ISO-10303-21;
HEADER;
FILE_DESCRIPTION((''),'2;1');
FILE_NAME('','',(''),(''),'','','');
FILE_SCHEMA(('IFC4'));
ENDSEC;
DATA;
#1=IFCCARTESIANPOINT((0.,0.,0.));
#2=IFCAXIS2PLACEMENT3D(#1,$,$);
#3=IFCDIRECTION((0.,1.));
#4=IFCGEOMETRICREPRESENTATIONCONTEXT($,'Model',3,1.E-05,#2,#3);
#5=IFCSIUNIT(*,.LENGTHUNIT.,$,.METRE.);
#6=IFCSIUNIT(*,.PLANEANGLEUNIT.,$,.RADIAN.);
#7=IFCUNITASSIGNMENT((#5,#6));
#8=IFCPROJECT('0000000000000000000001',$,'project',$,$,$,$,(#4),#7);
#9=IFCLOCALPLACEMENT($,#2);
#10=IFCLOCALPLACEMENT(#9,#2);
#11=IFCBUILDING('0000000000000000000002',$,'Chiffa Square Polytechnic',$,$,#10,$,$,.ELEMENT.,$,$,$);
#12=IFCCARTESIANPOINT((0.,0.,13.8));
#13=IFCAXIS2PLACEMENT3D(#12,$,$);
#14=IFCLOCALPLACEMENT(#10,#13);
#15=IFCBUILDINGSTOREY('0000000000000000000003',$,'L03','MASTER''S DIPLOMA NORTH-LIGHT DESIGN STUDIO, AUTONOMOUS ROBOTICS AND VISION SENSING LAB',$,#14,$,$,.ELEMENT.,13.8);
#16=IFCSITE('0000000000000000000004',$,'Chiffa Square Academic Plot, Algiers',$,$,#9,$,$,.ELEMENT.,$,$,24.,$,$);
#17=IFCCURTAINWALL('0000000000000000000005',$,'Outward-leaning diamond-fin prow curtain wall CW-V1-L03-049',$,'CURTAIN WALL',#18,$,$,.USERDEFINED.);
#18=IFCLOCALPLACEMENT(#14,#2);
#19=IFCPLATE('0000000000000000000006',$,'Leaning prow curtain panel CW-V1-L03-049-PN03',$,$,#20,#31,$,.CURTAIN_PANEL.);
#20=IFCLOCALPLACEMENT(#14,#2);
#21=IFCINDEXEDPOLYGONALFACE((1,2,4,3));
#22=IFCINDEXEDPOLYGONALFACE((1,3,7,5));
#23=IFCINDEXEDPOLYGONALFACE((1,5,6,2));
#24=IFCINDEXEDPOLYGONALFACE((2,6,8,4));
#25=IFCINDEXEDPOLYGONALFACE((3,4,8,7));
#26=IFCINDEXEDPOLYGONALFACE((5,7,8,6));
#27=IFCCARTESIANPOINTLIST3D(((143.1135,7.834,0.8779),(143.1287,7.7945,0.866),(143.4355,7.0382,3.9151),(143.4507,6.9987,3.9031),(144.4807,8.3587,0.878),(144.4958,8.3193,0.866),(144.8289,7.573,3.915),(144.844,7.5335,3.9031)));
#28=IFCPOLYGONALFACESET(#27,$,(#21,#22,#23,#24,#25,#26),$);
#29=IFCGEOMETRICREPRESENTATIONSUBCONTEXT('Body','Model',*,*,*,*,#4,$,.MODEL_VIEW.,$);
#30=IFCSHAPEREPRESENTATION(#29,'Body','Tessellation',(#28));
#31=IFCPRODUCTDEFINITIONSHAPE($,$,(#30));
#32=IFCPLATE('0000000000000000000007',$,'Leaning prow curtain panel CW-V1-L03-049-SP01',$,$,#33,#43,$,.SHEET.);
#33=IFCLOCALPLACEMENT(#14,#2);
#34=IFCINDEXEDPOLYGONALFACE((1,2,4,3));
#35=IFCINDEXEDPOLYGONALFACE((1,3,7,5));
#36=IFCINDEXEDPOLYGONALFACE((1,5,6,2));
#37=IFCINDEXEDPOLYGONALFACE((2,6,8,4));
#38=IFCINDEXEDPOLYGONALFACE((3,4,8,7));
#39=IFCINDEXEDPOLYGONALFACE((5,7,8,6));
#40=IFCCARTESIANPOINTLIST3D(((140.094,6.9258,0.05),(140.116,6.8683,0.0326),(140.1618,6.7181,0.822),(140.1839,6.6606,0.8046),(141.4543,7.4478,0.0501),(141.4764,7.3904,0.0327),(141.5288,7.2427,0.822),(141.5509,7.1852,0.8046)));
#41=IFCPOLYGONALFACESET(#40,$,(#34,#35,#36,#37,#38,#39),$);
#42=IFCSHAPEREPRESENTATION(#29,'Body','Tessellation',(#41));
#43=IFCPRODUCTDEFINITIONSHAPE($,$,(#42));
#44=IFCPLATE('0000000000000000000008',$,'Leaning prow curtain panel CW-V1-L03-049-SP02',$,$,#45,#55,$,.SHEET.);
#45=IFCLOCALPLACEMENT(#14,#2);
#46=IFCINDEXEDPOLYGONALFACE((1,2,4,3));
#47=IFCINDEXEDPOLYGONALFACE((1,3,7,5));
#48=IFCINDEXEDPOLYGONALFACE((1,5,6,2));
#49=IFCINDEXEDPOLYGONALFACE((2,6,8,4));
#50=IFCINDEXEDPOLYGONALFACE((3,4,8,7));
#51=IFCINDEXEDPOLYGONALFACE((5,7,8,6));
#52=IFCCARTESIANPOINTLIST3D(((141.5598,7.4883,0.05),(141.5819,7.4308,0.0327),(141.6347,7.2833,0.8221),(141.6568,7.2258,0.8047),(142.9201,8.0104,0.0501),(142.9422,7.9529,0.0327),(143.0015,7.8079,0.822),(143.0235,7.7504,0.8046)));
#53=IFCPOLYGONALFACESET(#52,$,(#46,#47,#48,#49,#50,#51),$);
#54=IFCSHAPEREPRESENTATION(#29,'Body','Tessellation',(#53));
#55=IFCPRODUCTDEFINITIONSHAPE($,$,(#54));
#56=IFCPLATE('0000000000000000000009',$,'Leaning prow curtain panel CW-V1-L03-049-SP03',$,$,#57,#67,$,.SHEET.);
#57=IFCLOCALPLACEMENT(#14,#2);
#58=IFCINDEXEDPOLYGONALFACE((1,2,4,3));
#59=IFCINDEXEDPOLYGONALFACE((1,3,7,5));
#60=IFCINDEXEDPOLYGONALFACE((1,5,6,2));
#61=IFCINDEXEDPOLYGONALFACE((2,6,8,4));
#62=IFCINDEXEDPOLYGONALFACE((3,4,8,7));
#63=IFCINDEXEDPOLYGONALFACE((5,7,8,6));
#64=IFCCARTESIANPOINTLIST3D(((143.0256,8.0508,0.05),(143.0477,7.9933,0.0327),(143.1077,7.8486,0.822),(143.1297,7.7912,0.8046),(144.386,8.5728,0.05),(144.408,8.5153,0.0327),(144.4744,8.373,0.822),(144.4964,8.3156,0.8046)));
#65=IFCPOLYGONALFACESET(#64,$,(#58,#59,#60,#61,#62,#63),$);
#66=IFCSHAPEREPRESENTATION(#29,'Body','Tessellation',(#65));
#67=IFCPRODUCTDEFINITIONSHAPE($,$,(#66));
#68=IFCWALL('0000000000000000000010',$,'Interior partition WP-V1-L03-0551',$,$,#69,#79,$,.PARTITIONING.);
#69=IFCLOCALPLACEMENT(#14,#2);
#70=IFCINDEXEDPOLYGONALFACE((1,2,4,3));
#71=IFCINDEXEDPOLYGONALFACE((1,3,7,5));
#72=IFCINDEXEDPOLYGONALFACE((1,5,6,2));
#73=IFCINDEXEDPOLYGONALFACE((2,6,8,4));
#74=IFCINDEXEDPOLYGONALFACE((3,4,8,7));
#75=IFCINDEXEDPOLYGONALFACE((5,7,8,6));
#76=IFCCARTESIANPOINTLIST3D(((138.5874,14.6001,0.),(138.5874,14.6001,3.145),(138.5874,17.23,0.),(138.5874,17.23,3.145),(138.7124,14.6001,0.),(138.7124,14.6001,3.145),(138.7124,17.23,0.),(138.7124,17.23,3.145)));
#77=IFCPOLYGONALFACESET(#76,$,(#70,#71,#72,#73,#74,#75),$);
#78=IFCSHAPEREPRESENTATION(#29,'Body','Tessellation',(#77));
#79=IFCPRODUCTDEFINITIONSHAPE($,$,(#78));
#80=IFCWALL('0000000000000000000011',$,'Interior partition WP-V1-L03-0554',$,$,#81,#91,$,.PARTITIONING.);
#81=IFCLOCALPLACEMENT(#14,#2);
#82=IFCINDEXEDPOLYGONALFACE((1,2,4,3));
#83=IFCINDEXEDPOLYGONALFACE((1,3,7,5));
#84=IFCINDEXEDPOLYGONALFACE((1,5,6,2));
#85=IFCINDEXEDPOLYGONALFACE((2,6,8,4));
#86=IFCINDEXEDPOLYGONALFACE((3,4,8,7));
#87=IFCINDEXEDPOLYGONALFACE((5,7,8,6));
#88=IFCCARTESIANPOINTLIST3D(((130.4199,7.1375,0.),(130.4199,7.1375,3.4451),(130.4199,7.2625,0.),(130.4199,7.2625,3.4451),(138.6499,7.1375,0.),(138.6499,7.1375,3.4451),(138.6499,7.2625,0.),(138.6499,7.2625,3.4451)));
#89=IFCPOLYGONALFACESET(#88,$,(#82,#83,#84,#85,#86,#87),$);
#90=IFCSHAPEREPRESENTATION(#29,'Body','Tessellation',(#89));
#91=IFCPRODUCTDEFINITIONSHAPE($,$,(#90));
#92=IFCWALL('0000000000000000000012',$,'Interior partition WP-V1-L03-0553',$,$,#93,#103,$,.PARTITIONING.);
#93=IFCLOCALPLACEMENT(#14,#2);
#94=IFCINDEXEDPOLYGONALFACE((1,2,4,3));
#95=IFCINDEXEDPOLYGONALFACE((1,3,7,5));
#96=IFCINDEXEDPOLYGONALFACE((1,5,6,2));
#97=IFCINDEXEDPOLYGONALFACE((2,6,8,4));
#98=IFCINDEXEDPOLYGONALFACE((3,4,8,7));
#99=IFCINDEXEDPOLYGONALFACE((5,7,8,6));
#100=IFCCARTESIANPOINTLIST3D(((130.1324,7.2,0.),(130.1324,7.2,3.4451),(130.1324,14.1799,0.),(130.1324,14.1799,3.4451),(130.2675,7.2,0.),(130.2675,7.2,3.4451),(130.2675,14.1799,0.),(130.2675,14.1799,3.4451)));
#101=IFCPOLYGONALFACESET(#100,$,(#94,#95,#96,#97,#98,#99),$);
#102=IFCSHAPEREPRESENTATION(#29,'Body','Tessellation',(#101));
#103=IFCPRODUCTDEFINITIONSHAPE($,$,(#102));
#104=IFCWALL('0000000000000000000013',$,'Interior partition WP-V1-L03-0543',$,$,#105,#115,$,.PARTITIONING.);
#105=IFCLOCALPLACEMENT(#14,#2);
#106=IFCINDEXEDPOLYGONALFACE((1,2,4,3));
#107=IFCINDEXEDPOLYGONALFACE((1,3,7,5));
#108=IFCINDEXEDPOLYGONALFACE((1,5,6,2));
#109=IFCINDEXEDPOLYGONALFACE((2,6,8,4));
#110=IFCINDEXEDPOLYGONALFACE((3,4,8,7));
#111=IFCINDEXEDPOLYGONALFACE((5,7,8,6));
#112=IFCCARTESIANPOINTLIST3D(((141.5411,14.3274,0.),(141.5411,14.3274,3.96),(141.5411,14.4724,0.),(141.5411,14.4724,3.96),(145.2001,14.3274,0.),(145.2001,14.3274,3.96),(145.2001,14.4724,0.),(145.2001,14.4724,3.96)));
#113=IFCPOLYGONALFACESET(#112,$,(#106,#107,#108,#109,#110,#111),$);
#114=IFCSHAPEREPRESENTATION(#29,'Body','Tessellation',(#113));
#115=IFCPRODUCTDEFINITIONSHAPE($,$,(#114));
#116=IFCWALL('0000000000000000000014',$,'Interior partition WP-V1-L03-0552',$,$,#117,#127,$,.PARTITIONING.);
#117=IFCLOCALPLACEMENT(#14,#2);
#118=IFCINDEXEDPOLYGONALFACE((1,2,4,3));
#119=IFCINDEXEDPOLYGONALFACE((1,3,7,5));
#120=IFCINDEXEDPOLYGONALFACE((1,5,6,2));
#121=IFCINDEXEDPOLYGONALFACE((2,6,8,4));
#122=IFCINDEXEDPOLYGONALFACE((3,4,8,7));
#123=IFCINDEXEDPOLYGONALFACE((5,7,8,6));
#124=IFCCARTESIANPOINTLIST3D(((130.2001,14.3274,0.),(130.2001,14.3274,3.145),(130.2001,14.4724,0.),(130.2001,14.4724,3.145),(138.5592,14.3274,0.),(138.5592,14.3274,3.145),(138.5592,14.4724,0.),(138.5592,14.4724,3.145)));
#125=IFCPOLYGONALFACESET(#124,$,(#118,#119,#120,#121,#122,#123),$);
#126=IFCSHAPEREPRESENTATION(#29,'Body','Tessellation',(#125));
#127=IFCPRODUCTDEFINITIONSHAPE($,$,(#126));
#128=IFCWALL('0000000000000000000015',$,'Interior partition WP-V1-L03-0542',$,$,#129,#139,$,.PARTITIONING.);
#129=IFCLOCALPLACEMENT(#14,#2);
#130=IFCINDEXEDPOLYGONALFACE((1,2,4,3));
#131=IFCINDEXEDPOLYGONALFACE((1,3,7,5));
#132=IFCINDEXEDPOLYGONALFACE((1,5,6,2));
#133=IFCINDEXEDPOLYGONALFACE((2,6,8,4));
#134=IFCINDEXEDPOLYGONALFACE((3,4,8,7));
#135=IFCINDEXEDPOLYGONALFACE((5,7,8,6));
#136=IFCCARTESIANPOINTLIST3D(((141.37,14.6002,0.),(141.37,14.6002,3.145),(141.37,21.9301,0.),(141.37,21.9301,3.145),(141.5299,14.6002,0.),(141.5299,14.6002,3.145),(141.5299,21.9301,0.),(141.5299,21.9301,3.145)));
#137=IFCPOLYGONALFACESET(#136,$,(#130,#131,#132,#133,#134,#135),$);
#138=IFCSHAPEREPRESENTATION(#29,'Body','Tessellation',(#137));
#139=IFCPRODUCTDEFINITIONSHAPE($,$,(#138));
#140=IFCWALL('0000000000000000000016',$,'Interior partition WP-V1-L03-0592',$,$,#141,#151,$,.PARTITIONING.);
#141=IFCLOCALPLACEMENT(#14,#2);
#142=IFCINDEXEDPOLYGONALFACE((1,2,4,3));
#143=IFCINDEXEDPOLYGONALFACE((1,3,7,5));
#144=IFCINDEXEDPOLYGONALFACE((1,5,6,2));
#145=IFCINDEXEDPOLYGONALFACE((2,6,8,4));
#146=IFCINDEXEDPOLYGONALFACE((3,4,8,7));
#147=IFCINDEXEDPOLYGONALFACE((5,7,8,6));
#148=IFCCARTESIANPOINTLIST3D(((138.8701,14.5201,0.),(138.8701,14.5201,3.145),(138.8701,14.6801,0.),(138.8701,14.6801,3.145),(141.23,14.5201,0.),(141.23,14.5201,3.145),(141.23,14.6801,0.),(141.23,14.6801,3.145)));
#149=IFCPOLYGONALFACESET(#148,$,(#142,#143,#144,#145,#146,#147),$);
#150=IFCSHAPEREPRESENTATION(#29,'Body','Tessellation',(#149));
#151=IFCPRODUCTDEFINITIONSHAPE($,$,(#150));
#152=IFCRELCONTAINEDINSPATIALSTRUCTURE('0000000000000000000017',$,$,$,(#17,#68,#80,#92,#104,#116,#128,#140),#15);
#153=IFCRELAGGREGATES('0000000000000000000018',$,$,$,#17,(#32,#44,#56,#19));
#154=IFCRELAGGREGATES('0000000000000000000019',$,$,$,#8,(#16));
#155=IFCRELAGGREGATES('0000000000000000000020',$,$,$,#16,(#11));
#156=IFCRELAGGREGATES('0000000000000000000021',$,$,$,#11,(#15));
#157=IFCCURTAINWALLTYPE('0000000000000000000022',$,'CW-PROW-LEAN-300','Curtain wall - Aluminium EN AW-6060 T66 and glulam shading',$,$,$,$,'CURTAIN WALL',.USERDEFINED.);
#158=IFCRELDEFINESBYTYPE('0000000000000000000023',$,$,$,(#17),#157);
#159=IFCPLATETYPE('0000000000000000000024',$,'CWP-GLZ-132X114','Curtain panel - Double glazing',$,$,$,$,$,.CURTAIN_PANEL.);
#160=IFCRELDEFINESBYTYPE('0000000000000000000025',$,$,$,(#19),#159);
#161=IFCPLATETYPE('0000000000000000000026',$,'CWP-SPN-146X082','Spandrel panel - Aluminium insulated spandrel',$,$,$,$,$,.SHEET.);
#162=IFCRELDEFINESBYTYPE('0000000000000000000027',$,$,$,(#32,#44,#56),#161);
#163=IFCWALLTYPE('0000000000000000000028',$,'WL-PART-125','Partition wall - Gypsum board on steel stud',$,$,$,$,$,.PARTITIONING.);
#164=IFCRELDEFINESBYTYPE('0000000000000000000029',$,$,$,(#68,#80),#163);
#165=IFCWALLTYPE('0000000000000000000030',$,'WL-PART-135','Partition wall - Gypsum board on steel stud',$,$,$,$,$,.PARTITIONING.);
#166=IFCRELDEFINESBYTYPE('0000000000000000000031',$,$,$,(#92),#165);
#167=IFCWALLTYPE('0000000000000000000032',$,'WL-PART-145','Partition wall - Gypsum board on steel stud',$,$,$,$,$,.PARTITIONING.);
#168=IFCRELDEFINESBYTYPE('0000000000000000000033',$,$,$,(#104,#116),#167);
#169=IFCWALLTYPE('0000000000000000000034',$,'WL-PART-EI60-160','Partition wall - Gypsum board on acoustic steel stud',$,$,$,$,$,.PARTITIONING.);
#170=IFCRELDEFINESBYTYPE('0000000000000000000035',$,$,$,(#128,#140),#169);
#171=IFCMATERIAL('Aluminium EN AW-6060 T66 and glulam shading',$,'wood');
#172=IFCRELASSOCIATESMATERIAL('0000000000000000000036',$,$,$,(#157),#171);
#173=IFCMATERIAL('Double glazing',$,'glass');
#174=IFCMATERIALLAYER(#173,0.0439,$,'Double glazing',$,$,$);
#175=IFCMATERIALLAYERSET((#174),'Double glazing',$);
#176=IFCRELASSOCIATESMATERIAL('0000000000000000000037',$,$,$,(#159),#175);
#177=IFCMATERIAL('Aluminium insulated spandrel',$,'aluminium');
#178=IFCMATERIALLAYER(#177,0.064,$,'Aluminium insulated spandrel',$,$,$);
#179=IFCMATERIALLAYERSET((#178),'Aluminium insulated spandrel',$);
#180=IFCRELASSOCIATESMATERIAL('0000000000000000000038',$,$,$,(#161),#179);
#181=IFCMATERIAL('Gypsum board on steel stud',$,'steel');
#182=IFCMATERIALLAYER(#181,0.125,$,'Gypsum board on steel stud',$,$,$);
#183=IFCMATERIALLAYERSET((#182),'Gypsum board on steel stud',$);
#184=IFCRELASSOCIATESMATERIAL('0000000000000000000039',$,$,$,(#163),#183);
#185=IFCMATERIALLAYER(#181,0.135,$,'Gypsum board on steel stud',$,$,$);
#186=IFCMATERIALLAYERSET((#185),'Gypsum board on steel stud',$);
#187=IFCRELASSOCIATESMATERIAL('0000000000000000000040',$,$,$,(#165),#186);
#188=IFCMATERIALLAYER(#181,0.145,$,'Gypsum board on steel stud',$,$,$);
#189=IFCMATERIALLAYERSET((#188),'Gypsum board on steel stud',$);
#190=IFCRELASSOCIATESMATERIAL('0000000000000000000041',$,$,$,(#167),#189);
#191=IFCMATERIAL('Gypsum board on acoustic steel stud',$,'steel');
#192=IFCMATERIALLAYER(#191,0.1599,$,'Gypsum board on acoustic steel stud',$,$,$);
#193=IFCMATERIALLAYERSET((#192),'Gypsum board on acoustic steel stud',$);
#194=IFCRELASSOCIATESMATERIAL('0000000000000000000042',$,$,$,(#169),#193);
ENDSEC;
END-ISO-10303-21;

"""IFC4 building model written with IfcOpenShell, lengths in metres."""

from ifc_helpers import new_model, si_unit, direction, frame, frame_2d, origin, place, context, subcontext, project, spatial, polyline, rectangle, outline, extrude, material, layer, layer_set, type_object, element, aggregate, save


model = new_model("IFC4")

# Units and contexts
model_context = context("Model", 3, precision=1e-05, world=origin(), true_north=direction((0.0, 1.0)))
body_context = subcontext(model_context, "Body", "Model", "MODEL_VIEW")
ifc_project = project(units=[si_unit("LENGTHUNIT", "METRE"), si_unit("PLANEANGLEUNIT", "RADIAN")], contexts=[model_context])

# Site, building, storey
site_placement = place(None, origin())
site = spatial("IfcSite", under=ifc_project, at=site_placement, Name="Chiffa Square Academic Plot, Algiers", CompositionType="ELEMENT", RefElevation=24.0)
building_placement = place(site_placement, origin())
building = spatial("IfcBuilding", under=site, at=building_placement, Name="Chiffa Square Polytechnic", CompositionType="ELEMENT")
storey_placement = place(building_placement, frame((0.0, 0.0, 13.8)))
storey = spatial("IfcBuildingStorey", under=building, at=storey_placement, Name="L03", Description="MASTER'S DIPLOMA NORTH-LIGHT DESIGN STUDIO, AUTONOMOUS ROBOTICS AND VISION SENSING LAB", CompositionType="ELEMENT", Elevation=13.8)

# Curtain wall
ifc_material_1 = material(Name="Aluminium EN AW-6060 T66 and glulam shading", Category="wood")
curtain_wall_type = type_object("IfcCurtainWallType", Name="CW-PROW-LEAN-300", Description="Curtain wall - Aluminium EN AW-6060 T66 and glulam shading", ElementType="CURTAIN WALL", PredefinedType="USERDEFINED", material=ifc_material_1)
curtain_wall_placement = place(storey_placement, origin())
curtain_wall = element("IfcCurtainWall", 1, at=curtain_wall_placement, inside=storey, type_object=curtain_wall_type, Name="Outward-leaning diamond-fin prow curtain wall CW-V1-L03-049", ObjectType="CURTAIN WALL", PredefinedType="USERDEFINED")

# Plates
ifc_material_2 = material(Name="Double glazing", Category="glass")
ifc_layer_1 = layer(ifc_material_2, 0.0439, Name="Double glazing")
ifc_layer_set_1 = layer_set([ifc_layer_1], Name="Double glazing")
plate_type_1 = type_object("IfcPlateType", Name="CWP-GLZ-132X114", Description="Curtain panel - Double glazing", PredefinedType="CURTAIN_PANEL", material=ifc_layer_set_1)
plate_1_placement = place(storey_placement, frame((143.1135, 7.834, 0.8779), z_axis=(-0.344836, 0.898401, 0.271962), x_axis=(0.933592, 0.358338, 0.000019)))
plate_1 = element("IfcPlate", 2, at=plate_1_placement, type_object=plate_type_1, Name="Leaning prow curtain panel CW-V1-L03-049-PN03", PredefinedType="CURTAIN_PANEL", context=body_context, shape_type="SweptSolid", body=[
    extrude(outline(polyline([(0.0, 0.0), (1.4644, 0.0), (1.508, -3.156), (0.0155, -3.1561), (0.0, 0.0)])), origin(), (0.0, 0.0, -1.0), 0.0439),
])
ifc_material_3 = material(Name="Aluminium insulated spandrel", Category="aluminium")
ifc_layer_2 = layer(ifc_material_3, 0.064, Name="Aluminium insulated spandrel")
ifc_layer_set_2 = layer_set([ifc_layer_2], Name="Aluminium insulated spandrel")
plate_type_2 = type_object("IfcPlateType", Name="CWP-SPN-146X082", Description="Spandrel panel - Aluminium insulated spandrel", PredefinedType="SHEET", material=ifc_layer_set_2)
plate_2_placement = place(storey_placement, frame((140.094, 6.9258, 0.05), z_axis=(-0.344775, 0.898409, 0.272014), x_axis=(0.933614, 0.358281, 0.000013)))
plate_2 = element("IfcPlate", 3, at=plate_2_placement, type_object=plate_type_2, Name="Leaning prow curtain panel CW-V1-L03-049-SP01", PredefinedType="SHEET", context=body_context, shape_type="SweptSolid", body=[
    extrude(outline(polyline([(0.0, 0.0), (1.4571, 0.0), (1.4531, -0.8022), (-0.0111, -0.8022), (0.0, 0.0)])), origin(), (0.0, 0.0, -1.0), 0.064),
])
plate_3_placement = place(storey_placement, frame((141.5598, 7.4883, 0.05), z_axis=(-0.344803, 0.898403, 0.271997), x_axis=(0.933604, 0.358307, 0.000021)))
plate_3 = element("IfcPlate", 4, at=plate_3_placement, type_object=plate_type_2, Name="Leaning prow curtain panel CW-V1-L03-049-SP02", PredefinedType="SHEET", context=body_context, shape_type="SweptSolid", body=[
    extrude(outline(polyline([(0.0, 0.0), (1.4571, 0.0), (1.4605, -0.8022), (-0.0035, -0.8022), (0.0, 0.0)])), origin(), (0.0, 0.0, -1.0), 0.064),
])
plate_4_placement = place(storey_placement, frame((143.0256, 8.0508, 0.05), z_axis=(-0.344743, 0.898456, 0.271899), x_axis=(0.93363, 0.35824, 0.0)))
plate_4 = element("IfcPlate", 5, at=plate_4_placement, type_object=plate_type_2, Name="Leaning prow curtain panel CW-V1-L03-049-SP03", PredefinedType="SHEET", context=body_context, shape_type="SweptSolid", body=[
    extrude(outline(polyline([(0.0, 0.0), (1.4571, 0.0), (1.468, -0.8022), (0.0042, -0.8022), (0.0, 0.0)])), origin(), (0.0, 0.0, -1.0), 0.064),
])
aggregate(curtain_wall, [plate_2, plate_3, plate_4, plate_1])

# Walls
ifc_material_4 = material(Name="Gypsum board on steel stud", Category="steel")
ifc_layer_3 = layer(ifc_material_4, 0.125, Name="Gypsum board on steel stud")
ifc_layer_set_3 = layer_set([ifc_layer_3], Name="Gypsum board on steel stud")
wall_type_1 = type_object("IfcWallType", Name="WL-PART-125", Description="Partition wall - Gypsum board on steel stud", PredefinedType="PARTITIONING", material=ifc_layer_set_3)
wall_1_placement = place(storey_placement, frame((138.6499, 14.6001, 0.0), z_axis=(0.0, 0.0, 1.0), x_axis=(0.0, 1.0, 0.0)))
element("IfcWall", 6, at=wall_1_placement, inside=storey, type_object=wall_type_1, Name="Interior partition WP-V1-L03-0551", PredefinedType="PARTITIONING", context=body_context, shape_type="SweptSolid", body=[
    extrude(rectangle(XDim=2.6299, YDim=0.125, at=frame_2d((1.3149, 0.0))), origin(), (0.0, 0.0, 1.0), 3.145),
])
wall_2_placement = place(storey_placement, frame((130.4199, 7.2, 0.0), z_axis=(0.0, 0.0, 1.0), x_axis=(1.0, 0.0, 0.0)))
element("IfcWall", 7, at=wall_2_placement, inside=storey, type_object=wall_type_1, Name="Interior partition WP-V1-L03-0554", PredefinedType="PARTITIONING", context=body_context, shape_type="SweptSolid", body=[
    extrude(rectangle(XDim=8.23, YDim=0.125, at=frame_2d((4.115, 0.0))), origin(), (0.0, 0.0, 1.0), 3.4451),
])
ifc_layer_4 = layer(ifc_material_4, 0.135, Name="Gypsum board on steel stud")
ifc_layer_set_4 = layer_set([ifc_layer_4], Name="Gypsum board on steel stud")
wall_type_2 = type_object("IfcWallType", Name="WL-PART-135", Description="Partition wall - Gypsum board on steel stud", PredefinedType="PARTITIONING", material=ifc_layer_set_4)
wall_3_placement = place(storey_placement, frame((130.2, 7.2, 0.0), z_axis=(0.0, 0.0, 1.0), x_axis=(0.0, 1.0, 0.0)))
element("IfcWall", 8, at=wall_3_placement, inside=storey, type_object=wall_type_2, Name="Interior partition WP-V1-L03-0553", PredefinedType="PARTITIONING", context=body_context, shape_type="SweptSolid", body=[
    extrude(rectangle(XDim=6.98, YDim=0.135, at=frame_2d((3.49, 0.0))), origin(), (0.0, 0.0, 1.0), 3.4451),
])
ifc_layer_5 = layer(ifc_material_4, 0.145, Name="Gypsum board on steel stud")
ifc_layer_set_5 = layer_set([ifc_layer_5], Name="Gypsum board on steel stud")
wall_type_3 = type_object("IfcWallType", Name="WL-PART-145", Description="Partition wall - Gypsum board on steel stud", PredefinedType="PARTITIONING", material=ifc_layer_set_5)
wall_4_placement = place(storey_placement, frame((141.541, 14.3999, 0.0), z_axis=(0.0, 0.0, 1.0), x_axis=(1.0, 0.0, 0.0)))
element("IfcWall", 9, at=wall_4_placement, inside=storey, type_object=wall_type_3, Name="Interior partition WP-V1-L03-0543", PredefinedType="PARTITIONING", context=body_context, shape_type="SweptSolid", body=[
    extrude(rectangle(XDim=3.6589, YDim=0.145, at=frame_2d((1.8296, 0.0))), origin(), (0.0, 0.0, 1.0), 3.96),
])
wall_5_placement = place(storey_placement, frame((130.2, 14.3999, 0.0), z_axis=(0.0, 0.0, 1.0), x_axis=(1.0, 0.0, 0.0)))
element("IfcWall", 10, at=wall_5_placement, inside=storey, type_object=wall_type_3, Name="Interior partition WP-V1-L03-0552", PredefinedType="PARTITIONING", context=body_context, shape_type="SweptSolid", body=[
    extrude(rectangle(XDim=8.3591, YDim=0.145, at=frame_2d((4.1797, 0.0))), origin(), (0.0, 0.0, 1.0), 3.145),
])
ifc_material_5 = material(Name="Gypsum board on acoustic steel stud", Category="steel")
ifc_layer_6 = layer(ifc_material_5, 0.1599, Name="Gypsum board on acoustic steel stud")
ifc_layer_set_6 = layer_set([ifc_layer_6], Name="Gypsum board on acoustic steel stud")
wall_type_4 = type_object("IfcWallType", Name="WL-PART-EI60-160", Description="Partition wall - Gypsum board on acoustic steel stud", PredefinedType="PARTITIONING", material=ifc_layer_set_6)
wall_6_placement = place(storey_placement, frame((141.45, 14.6001, 0.0), z_axis=(0.0, 0.0, 1.0), x_axis=(0.0, 1.0, 0.0)))
element("IfcWall", 11, at=wall_6_placement, inside=storey, type_object=wall_type_4, Name="Interior partition WP-V1-L03-0542", PredefinedType="PARTITIONING", context=body_context, shape_type="SweptSolid", body=[
    extrude(rectangle(XDim=7.3298, YDim=0.1599, at=frame_2d((3.665, 0.0))), origin(), (0.0, 0.0, 1.0), 3.145),
])
wall_7_placement = place(storey_placement, frame((138.8701, 14.6001, 0.0), z_axis=(0.0, 0.0, 1.0), x_axis=(1.0, 0.0, 0.0)))
element("IfcWall", 12, at=wall_7_placement, inside=storey, type_object=wall_type_4, Name="Interior partition WP-V1-L03-0592", PredefinedType="PARTITIONING", context=body_context, shape_type="SweptSolid", body=[
    extrude(rectangle(XDim=2.3599, YDim=0.1599, at=frame_2d((1.1799, 0.0))), origin(), (0.0, 0.0, 1.0), 3.145),
])

save(model, "model.ifc")
